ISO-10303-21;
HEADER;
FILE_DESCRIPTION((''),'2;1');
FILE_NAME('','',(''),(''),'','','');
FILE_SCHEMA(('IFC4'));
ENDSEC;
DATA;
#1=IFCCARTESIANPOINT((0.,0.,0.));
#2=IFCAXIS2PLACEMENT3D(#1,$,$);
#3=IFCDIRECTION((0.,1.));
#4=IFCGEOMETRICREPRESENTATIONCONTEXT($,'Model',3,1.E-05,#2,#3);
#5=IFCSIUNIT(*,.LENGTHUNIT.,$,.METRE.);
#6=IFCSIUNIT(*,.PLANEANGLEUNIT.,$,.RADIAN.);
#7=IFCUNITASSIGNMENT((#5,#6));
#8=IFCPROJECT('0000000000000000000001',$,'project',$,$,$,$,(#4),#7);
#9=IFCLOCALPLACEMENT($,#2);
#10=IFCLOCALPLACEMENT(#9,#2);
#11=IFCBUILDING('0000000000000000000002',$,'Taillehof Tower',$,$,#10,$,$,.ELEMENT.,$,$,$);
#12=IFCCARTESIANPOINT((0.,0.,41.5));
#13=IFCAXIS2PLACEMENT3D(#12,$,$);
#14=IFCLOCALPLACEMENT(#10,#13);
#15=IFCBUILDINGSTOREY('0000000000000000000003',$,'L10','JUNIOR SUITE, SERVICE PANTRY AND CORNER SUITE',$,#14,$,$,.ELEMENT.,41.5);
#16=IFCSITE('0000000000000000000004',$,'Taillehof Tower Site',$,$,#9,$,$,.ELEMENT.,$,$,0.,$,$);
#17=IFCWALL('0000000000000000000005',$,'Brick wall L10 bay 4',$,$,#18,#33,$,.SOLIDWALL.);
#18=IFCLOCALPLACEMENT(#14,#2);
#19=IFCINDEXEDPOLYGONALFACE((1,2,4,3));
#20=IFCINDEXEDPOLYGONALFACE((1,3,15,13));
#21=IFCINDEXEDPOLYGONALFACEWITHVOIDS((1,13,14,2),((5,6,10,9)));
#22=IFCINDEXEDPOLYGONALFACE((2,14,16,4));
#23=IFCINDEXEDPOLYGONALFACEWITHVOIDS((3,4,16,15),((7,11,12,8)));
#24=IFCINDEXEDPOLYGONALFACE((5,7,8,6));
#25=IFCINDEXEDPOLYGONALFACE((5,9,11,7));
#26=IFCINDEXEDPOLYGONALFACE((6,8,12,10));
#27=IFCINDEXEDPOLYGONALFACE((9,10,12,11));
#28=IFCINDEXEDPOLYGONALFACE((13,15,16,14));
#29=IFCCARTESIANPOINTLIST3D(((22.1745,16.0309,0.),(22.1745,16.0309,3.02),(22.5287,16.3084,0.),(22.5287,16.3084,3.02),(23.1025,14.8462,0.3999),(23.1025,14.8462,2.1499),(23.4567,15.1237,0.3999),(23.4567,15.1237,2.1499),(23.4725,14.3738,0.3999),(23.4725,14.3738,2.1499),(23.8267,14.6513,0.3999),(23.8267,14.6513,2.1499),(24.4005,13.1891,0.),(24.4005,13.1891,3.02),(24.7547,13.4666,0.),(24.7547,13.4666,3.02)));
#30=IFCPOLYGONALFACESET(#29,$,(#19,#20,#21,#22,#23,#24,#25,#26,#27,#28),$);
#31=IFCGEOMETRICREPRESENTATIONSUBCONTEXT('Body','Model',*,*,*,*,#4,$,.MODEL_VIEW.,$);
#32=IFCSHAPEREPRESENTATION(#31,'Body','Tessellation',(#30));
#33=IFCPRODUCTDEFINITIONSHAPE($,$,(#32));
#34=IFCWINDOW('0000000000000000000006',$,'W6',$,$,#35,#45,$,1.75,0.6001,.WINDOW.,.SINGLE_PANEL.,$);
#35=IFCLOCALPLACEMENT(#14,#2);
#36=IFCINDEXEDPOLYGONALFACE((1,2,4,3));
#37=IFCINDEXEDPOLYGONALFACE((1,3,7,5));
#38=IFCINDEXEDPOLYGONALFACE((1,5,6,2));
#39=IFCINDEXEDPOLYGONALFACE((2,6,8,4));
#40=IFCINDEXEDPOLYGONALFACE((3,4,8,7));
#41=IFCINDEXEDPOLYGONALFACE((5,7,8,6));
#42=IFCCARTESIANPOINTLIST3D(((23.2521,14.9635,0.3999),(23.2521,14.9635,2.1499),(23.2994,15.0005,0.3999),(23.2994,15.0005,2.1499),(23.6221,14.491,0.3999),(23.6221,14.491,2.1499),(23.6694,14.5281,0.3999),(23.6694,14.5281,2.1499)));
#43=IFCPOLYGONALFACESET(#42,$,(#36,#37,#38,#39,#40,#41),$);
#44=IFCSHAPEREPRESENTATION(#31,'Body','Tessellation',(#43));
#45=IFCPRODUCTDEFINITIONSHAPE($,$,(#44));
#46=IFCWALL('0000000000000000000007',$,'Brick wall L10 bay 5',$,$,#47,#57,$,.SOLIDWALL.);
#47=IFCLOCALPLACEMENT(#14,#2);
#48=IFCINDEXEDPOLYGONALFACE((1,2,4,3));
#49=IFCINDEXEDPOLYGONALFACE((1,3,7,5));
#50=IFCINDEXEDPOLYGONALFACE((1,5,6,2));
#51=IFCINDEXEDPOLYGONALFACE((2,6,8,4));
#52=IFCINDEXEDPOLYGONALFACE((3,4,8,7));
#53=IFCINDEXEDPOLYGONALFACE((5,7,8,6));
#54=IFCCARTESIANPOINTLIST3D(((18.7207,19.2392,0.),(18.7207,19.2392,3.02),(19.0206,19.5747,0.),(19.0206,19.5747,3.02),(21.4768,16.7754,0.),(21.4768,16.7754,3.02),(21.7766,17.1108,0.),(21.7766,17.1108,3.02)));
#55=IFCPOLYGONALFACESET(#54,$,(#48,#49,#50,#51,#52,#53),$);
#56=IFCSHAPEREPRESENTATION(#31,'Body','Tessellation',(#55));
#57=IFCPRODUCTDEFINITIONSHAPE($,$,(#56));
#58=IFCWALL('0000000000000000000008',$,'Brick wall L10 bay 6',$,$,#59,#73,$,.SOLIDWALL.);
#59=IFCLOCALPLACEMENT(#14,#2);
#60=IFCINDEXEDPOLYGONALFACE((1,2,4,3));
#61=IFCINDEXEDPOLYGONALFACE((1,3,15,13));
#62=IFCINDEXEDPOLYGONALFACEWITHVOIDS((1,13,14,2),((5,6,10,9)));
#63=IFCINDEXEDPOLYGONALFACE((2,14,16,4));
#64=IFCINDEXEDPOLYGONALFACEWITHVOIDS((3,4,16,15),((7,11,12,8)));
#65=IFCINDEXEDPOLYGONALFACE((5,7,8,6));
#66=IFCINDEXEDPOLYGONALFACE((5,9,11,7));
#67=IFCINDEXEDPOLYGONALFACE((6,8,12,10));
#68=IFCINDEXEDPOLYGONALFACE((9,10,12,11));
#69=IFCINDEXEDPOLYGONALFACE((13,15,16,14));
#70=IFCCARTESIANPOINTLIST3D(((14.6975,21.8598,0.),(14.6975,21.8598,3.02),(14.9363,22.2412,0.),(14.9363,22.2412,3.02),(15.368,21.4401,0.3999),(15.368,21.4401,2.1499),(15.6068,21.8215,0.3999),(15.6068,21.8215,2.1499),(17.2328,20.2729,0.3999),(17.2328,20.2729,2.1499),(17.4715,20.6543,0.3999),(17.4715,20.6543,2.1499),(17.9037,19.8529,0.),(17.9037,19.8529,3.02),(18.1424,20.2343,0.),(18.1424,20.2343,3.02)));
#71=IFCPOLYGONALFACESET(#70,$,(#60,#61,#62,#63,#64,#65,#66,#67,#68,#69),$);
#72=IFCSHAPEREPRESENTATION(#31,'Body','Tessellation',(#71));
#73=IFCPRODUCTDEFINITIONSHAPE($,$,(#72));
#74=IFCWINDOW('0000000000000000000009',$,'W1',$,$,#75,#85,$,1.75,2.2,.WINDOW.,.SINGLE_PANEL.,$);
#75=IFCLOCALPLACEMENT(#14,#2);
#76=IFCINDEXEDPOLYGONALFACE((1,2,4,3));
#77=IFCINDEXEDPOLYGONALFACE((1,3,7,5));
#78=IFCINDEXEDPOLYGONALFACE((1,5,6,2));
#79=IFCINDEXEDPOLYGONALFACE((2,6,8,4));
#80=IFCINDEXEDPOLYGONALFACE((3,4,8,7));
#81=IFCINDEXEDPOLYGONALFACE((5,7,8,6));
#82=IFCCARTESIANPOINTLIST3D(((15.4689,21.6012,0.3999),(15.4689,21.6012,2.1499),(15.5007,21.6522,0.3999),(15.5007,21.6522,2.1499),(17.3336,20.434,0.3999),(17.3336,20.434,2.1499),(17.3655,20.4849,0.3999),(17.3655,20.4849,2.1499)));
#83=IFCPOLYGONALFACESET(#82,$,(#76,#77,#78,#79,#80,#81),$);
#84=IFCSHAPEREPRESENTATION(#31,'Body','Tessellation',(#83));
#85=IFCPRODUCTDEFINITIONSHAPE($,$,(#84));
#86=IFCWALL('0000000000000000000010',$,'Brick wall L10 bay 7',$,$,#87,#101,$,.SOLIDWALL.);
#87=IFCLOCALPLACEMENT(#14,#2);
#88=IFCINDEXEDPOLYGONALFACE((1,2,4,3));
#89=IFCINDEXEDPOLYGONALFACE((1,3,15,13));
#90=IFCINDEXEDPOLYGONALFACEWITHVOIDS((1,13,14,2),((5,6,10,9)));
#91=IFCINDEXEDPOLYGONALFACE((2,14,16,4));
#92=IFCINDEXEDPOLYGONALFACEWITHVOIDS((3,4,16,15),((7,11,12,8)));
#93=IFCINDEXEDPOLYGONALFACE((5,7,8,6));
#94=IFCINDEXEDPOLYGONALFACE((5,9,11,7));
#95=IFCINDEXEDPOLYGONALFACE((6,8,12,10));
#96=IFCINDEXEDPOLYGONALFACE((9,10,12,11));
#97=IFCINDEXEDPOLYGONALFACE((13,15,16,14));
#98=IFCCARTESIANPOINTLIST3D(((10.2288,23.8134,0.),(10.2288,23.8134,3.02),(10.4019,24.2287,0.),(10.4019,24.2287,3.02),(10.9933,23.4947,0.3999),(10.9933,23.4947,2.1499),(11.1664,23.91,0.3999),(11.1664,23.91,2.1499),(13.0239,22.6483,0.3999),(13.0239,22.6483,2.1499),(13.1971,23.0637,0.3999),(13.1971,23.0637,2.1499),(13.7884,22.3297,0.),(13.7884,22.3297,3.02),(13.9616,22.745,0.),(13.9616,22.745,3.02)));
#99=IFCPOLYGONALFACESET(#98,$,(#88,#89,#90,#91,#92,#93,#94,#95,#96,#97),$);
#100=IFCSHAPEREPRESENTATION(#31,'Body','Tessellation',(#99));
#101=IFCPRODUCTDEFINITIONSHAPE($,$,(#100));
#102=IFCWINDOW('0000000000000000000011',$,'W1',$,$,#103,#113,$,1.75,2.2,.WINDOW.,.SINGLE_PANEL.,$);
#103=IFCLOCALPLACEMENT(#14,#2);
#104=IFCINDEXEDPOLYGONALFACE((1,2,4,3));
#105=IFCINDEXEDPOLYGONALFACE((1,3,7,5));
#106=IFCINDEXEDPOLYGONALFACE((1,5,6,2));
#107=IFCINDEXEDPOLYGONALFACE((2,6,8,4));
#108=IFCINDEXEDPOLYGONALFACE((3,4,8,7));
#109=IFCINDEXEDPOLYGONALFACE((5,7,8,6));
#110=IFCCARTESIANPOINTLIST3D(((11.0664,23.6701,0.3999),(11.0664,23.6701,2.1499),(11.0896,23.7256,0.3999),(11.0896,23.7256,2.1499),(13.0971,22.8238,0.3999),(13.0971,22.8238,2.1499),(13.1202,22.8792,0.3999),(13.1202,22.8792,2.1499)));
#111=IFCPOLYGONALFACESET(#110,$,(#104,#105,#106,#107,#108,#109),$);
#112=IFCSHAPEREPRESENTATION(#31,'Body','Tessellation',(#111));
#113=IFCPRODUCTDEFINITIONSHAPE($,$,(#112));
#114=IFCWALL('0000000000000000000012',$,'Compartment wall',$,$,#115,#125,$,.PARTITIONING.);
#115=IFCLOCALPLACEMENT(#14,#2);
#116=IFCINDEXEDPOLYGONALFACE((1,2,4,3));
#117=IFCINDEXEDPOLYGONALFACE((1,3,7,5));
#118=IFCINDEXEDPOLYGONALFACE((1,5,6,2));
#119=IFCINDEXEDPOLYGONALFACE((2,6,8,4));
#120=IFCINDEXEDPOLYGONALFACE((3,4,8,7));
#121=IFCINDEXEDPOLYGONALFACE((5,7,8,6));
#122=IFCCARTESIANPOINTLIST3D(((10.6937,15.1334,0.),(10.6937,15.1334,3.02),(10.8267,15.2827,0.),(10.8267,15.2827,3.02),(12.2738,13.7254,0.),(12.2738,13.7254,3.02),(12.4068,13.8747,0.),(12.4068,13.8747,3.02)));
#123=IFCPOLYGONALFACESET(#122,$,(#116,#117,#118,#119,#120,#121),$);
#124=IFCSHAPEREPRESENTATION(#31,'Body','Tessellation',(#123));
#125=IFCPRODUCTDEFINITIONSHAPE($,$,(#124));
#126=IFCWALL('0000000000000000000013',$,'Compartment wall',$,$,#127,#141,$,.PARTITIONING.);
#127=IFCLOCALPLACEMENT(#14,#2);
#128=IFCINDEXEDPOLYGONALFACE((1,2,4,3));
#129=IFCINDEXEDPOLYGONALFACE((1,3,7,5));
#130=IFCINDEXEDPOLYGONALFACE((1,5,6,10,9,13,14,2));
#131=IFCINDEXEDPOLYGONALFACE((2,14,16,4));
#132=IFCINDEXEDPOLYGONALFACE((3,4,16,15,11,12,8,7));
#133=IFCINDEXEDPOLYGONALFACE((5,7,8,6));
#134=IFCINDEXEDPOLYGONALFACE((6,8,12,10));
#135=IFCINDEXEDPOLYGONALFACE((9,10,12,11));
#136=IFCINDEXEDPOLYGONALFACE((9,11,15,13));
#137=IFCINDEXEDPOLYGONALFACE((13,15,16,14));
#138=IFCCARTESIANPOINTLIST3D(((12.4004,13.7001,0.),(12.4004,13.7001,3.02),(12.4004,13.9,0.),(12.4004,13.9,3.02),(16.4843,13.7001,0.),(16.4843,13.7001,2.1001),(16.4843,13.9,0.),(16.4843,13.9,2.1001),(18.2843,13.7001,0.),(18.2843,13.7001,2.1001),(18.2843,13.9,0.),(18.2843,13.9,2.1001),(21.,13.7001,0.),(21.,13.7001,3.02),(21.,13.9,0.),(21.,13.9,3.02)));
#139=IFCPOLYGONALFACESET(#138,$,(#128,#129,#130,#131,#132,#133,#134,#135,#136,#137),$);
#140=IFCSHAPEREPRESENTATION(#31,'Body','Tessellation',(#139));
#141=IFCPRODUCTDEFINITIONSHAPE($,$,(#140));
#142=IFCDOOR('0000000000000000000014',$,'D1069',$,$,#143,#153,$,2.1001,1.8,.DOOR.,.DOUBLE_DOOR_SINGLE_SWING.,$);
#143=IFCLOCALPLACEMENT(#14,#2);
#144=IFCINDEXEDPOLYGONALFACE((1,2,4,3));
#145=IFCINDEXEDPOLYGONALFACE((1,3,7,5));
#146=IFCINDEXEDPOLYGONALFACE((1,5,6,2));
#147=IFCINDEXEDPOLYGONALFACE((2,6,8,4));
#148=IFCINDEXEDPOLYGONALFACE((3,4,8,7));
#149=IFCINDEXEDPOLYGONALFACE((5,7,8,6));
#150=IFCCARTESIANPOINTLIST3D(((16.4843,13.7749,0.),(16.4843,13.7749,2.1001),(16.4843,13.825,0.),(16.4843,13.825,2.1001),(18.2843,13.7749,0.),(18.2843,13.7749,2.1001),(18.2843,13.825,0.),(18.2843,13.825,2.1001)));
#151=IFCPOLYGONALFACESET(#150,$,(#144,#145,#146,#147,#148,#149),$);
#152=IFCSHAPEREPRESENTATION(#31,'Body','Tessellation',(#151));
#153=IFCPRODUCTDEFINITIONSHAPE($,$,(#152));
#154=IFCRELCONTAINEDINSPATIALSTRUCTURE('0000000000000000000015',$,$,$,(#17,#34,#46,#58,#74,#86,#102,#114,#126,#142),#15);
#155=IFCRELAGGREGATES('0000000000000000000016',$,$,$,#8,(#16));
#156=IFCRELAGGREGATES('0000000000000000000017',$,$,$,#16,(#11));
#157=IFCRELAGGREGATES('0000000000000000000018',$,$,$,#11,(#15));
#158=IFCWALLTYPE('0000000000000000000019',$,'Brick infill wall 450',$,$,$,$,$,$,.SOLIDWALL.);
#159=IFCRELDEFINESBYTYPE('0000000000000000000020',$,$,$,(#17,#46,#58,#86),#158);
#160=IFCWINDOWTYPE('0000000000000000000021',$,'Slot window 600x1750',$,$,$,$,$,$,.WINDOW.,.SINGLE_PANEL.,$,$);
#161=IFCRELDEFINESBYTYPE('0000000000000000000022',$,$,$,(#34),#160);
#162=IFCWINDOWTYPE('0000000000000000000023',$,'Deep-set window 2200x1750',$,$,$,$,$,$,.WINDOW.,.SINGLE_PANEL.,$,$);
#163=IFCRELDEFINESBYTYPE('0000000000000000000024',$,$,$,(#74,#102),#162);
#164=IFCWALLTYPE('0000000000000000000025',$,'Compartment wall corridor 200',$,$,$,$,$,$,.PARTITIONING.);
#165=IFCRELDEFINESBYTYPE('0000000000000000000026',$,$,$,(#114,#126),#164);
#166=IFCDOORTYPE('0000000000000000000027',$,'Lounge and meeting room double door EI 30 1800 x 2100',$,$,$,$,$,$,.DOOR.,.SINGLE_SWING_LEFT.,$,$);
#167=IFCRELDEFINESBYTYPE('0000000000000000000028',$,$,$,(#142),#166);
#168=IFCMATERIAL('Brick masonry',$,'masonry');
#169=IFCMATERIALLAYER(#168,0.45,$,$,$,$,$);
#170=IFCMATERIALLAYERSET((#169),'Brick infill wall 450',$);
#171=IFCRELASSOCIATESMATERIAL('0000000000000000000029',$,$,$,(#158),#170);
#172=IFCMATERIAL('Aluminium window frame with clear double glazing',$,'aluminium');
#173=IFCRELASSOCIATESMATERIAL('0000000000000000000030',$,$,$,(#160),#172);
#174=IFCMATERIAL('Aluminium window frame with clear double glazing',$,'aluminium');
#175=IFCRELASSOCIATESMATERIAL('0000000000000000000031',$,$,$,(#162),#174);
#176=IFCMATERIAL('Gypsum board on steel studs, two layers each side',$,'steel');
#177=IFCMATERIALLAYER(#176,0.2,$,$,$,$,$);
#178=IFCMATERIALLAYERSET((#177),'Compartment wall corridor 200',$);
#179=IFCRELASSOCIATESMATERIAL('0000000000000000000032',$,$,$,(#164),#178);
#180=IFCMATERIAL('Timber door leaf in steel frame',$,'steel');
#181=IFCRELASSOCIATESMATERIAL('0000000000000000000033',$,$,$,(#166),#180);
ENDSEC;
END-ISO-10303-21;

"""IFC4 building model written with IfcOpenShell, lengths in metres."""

from ifc_helpers import new_model, si_unit, direction, frame, frame_2d, origin, place, context, subcontext, project, spatial, rectangle, extrude, material, layer, layer_set, type_object, element, fill, save


model = new_model("IFC4")

# Units and contexts
model_context = context("Model", 3, precision=1e-05, world=origin(), true_north=direction((0.0, 1.0)))
body_context = subcontext(model_context, "Body", "Model", "MODEL_VIEW")
ifc_project = project(units=[si_unit("LENGTHUNIT", "METRE"), si_unit("PLANEANGLEUNIT", "RADIAN")], contexts=[model_context])

# Site, building, storey
site_placement = place(None, origin())
site = spatial("IfcSite", under=ifc_project, at=site_placement, Name="Taillehof Tower Site", CompositionType="ELEMENT", RefElevation=0.0)
building_placement = place(site_placement, origin())
building = spatial("IfcBuilding", under=site, at=building_placement, Name="Taillehof Tower", CompositionType="ELEMENT")
storey_placement = place(building_placement, frame((0.0, 0.0, 41.5)))
storey = spatial("IfcBuildingStorey", under=building, at=storey_placement, Name="L10", Description="JUNIOR SUITE, SERVICE PANTRY AND CORNER SUITE", CompositionType="ELEMENT", Elevation=41.5)

# Wall, opening, window
ifc_material_1 = material(Name="Brick masonry", Category="masonry")
ifc_layer_1 = layer(ifc_material_1, 0.45)
ifc_layer_set_1 = layer_set([ifc_layer_1], Name="Brick infill wall 450")
wall_type_1 = type_object("IfcWallType", Name="Brick infill wall 450", PredefinedType="SOLIDWALL", material=ifc_layer_set_1)
wall_1_placement = place(storey_placement, frame((24.5776, 13.3279, 0.0), z_axis=(0.0, 0.0, 1.0), x_axis=(-0.616662, 0.787228, 0.0)))
wall_1 = element("IfcWall", 1, at=wall_1_placement, inside=storey, type_object=wall_type_1, Name="Brick wall L10 bay 4", PredefinedType="SOLIDWALL", context=body_context, shape_type="SweptSolid", body=[
    extrude(rectangle(XDim=3.6099, YDim=0.45, at=frame_2d((1.8049, 0.0))), origin(), (0.0, 0.0, 1.0), 3.02),
])
opening_1_placement = place(wall_1_placement, frame((1.5049, 0.0, 0.3999)))
opening_1 = element("IfcOpeningElement", 2, at=opening_1_placement, cuts=wall_1, PredefinedType="OPENING", context=body_context, shape_type="SweptSolid", body=[
    extrude(rectangle(XDim=0.6001, YDim=1.75, at=frame_2d((0.3, 0.875))), frame((0.0, 0.2349, 0.0), z_axis=(0.0, -1.0, 0.0), x_axis=(1.0, 0.0, 0.0)), (0.0, 0.0, 1.0), 0.47),
])
ifc_material_2 = material(Name="Aluminium window frame with clear double glazing", Category="aluminium")
window_type_1 = type_object("IfcWindowType", Name="Slot window 600x1750", PartitioningType="SINGLE_PANEL", PredefinedType="WINDOW", material=ifc_material_2)
window_1_placement = place(opening_1_placement, origin())
window_1 = element("IfcWindow", 3, at=window_1_placement, inside=storey, type_object=window_type_1, Name="W6", OverallHeight=1.75, OverallWidth=0.6001, PartitioningType="SINGLE_PANEL", PredefinedType="WINDOW", context=body_context, shape_type="SweptSolid", body=[
    extrude(rectangle(XDim=0.6001, YDim=1.75, at=frame_2d((0.3, 0.875))), frame((0.0, 0.0349, 0.0), z_axis=(0.0, -1.0, 0.0), x_axis=(1.0, 0.0, 0.0)), (0.0, 0.0, 1.0), 0.0601),
])
fill(opening_1, window_1)

# Wall
wall_2_placement = place(storey_placement, frame((21.6267, 16.9431, 0.0), z_axis=(0.0, 0.0, 1.0), x_axis=(-0.745526, 0.666476, 0.0)))
element("IfcWall", 4, at=wall_2_placement, inside=storey, type_object=wall_type_1, Name="Brick wall L10 bay 5", PredefinedType="SOLIDWALL", context=body_context, shape_type="SweptSolid", body=[
    extrude(rectangle(XDim=3.6968, YDim=0.45, at=frame_2d((1.8484, 0.0))), origin(), (0.0, 0.0, 1.0), 3.02),
])

# Walls, openings, windows
wall_3_placement = place(storey_placement, frame((18.0229, 20.0437, 0.0), z_axis=(0.0, 0.0, 1.0), x_axis=(-0.847635, 0.530579, 0.0)))
wall_3 = element("IfcWall", 5, at=wall_3_placement, inside=storey, type_object=wall_type_1, Name="Brick wall L10 bay 6", PredefinedType="SOLIDWALL", context=body_context, shape_type="SweptSolid", body=[
    extrude(rectangle(XDim=3.7825, YDim=0.45, at=frame_2d((1.8911, 0.0))), origin(), (0.0, 0.0, 1.0), 3.02),
])
opening_2_placement = place(wall_3_placement, frame((0.7913, 0.0, 0.3999)))
opening_2 = element("IfcOpeningElement", 6, at=opening_2_placement, cuts=wall_3, PredefinedType="OPENING", context=body_context, shape_type="SweptSolid", body=[
    extrude(rectangle(XDim=2.2, YDim=1.75, at=frame_2d((1.1001, 0.875))), frame((0.0, 0.2349, 0.0), z_axis=(0.0, -1.0, 0.0), x_axis=(1.0, 0.0, 0.0)), (0.0, 0.0, 1.0), 0.47),
])
ifc_material_3 = material(Name="Aluminium window frame with clear double glazing", Category="aluminium")
window_type_2 = type_object("IfcWindowType", Name="Deep-set window 2200x1750", PartitioningType="SINGLE_PANEL", PredefinedType="WINDOW", material=ifc_material_3)
window_2_placement = place(opening_2_placement, origin())
window_2 = element("IfcWindow", 7, at=window_2_placement, inside=storey, type_object=window_type_2, Name="W1", OverallHeight=1.75, OverallWidth=2.2, PartitioningType="SINGLE_PANEL", PredefinedType="WINDOW", context=body_context, shape_type="SweptSolid", body=[
    extrude(rectangle(XDim=2.2, YDim=1.75, at=frame_2d((1.1001, 0.875))), frame((0.0, 0.0349, 0.0), z_axis=(0.0, -1.0, 0.0), x_axis=(1.0, 0.0, 0.0)), (0.0, 0.0, 1.0), 0.0601),
])
fill(opening_2, window_2)
wall_4_placement = place(storey_placement, frame((13.875, 22.5374, 0.0), z_axis=(0.0, 0.0, 1.0), x_axis=(-0.923032, 0.384723, 0.0)))
wall_4 = element("IfcWall", 8, at=wall_4_placement, inside=storey, type_object=wall_type_1, Name="Brick wall L10 bay 7", PredefinedType="SOLIDWALL", context=body_context, shape_type="SweptSolid", body=[
    extrude(rectangle(XDim=3.8564, YDim=0.45, at=frame_2d((1.9282, 0.0))), origin(), (0.0, 0.0, 1.0), 3.02),
])
opening_3_placement = place(wall_4_placement, frame((0.8281, 0.0, 0.3999)))
opening_3 = element("IfcOpeningElement", 9, at=opening_3_placement, cuts=wall_4, PredefinedType="OPENING", context=body_context, shape_type="SweptSolid", body=[
    extrude(rectangle(XDim=2.2, YDim=1.75, at=frame_2d((1.1001, 0.875))), frame((0.0, 0.2349, 0.0), z_axis=(0.0, -1.0, 0.0), x_axis=(1.0, 0.0, 0.0)), (0.0, 0.0, 1.0), 0.47),
])
window_3_placement = place(opening_3_placement, origin())
window_3 = element("IfcWindow", 10, at=window_3_placement, inside=storey, type_object=window_type_2, Name="W1", OverallHeight=1.75, OverallWidth=2.2, PartitioningType="SINGLE_PANEL", PredefinedType="WINDOW", context=body_context, shape_type="SweptSolid", body=[
    extrude(rectangle(XDim=2.2, YDim=1.75, at=frame_2d((1.1001, 0.875))), frame((0.0, 0.0349, 0.0), z_axis=(0.0, -1.0, 0.0), x_axis=(1.0, 0.0, 0.0)), (0.0, 0.0, 1.0), 0.0601),
])
fill(opening_3, window_3)

# Wall
ifc_material_4 = material(Name="Gypsum board on steel studs, two layers each side", Category="steel")
ifc_layer_2 = layer(ifc_material_4, 0.2)
ifc_layer_set_2 = layer_set([ifc_layer_2], Name="Compartment wall corridor 200")
wall_type_2 = type_object("IfcWallType", Name="Compartment wall corridor 200", PredefinedType="PARTITIONING", material=ifc_layer_set_2)
wall_5_placement = place(storey_placement, frame((10.7603, 15.208, 0.0), z_axis=(0.0, 0.0, 1.0), x_axis=(0.7466, -0.665273, 0.0)))
element("IfcWall", 11, at=wall_5_placement, inside=storey, type_object=wall_type_2, Name="Compartment wall", PredefinedType="PARTITIONING", context=body_context, shape_type="SweptSolid", body=[
    extrude(rectangle(XDim=2.1165, YDim=0.2, at=frame_2d((1.0581, 0.0))), origin(), (0.0, 0.0, 1.0), 3.02),
])

# Wall, opening, door
wall_6_placement = place(storey_placement, frame((12.4004, 13.8, 0.0), z_axis=(0.0, 0.0, 1.0), x_axis=(1.0, 0.0, 0.0)))
wall_6 = element("IfcWall", 12, at=wall_6_placement, inside=storey, type_object=wall_type_2, Name="Compartment wall", PredefinedType="PARTITIONING", context=body_context, shape_type="SweptSolid", body=[
    extrude(rectangle(XDim=8.5996, YDim=0.2, at=frame_2d((4.2998, 0.0))), origin(), (0.0, 0.0, 1.0), 3.02),
])
opening_4_placement = place(wall_6_placement, frame((4.084, 0.0, 0.0)))
opening_4 = element("IfcOpeningElement", 13, at=opening_4_placement, cuts=wall_6, PredefinedType="OPENING", context=body_context, shape_type="SweptSolid", body=[
    extrude(rectangle(XDim=1.8, YDim=2.1001, at=frame_2d((0.8999, 1.05))), frame((0.0, 0.1099, 0.0), z_axis=(0.0, -1.0, 0.0), x_axis=(1.0, 0.0, 0.0)), (0.0, 0.0, 1.0), 0.22),
])
ifc_material_5 = material(Name="Timber door leaf in steel frame", Category="steel")
door_type_1 = type_object("IfcDoorType", Name="Lounge and meeting room double door EI 30 1800 x 2100", OperationType="SINGLE_SWING_LEFT", PredefinedType="DOOR", material=ifc_material_5)
door_1_placement = place(opening_4_placement, origin())
door_1 = element("IfcDoor", 14, at=door_1_placement, inside=storey, type_object=door_type_1, Name="D1069", OperationType="DOUBLE_DOOR_SINGLE_SWING", OverallHeight=2.1001, OverallWidth=1.8, PredefinedType="DOOR", context=body_context, shape_type="SweptSolid", body=[
    extrude(rectangle(XDim=1.8, YDim=2.1001, at=frame_2d((0.8999, 1.05))), frame((0.0, 0.0249, 0.0), z_axis=(0.0, -1.0, 0.0), x_axis=(1.0, 0.0, 0.0)), (0.0, 0.0, 1.0), 0.05),
])
fill(opening_4, door_1)

save(model, "model.ifc")
